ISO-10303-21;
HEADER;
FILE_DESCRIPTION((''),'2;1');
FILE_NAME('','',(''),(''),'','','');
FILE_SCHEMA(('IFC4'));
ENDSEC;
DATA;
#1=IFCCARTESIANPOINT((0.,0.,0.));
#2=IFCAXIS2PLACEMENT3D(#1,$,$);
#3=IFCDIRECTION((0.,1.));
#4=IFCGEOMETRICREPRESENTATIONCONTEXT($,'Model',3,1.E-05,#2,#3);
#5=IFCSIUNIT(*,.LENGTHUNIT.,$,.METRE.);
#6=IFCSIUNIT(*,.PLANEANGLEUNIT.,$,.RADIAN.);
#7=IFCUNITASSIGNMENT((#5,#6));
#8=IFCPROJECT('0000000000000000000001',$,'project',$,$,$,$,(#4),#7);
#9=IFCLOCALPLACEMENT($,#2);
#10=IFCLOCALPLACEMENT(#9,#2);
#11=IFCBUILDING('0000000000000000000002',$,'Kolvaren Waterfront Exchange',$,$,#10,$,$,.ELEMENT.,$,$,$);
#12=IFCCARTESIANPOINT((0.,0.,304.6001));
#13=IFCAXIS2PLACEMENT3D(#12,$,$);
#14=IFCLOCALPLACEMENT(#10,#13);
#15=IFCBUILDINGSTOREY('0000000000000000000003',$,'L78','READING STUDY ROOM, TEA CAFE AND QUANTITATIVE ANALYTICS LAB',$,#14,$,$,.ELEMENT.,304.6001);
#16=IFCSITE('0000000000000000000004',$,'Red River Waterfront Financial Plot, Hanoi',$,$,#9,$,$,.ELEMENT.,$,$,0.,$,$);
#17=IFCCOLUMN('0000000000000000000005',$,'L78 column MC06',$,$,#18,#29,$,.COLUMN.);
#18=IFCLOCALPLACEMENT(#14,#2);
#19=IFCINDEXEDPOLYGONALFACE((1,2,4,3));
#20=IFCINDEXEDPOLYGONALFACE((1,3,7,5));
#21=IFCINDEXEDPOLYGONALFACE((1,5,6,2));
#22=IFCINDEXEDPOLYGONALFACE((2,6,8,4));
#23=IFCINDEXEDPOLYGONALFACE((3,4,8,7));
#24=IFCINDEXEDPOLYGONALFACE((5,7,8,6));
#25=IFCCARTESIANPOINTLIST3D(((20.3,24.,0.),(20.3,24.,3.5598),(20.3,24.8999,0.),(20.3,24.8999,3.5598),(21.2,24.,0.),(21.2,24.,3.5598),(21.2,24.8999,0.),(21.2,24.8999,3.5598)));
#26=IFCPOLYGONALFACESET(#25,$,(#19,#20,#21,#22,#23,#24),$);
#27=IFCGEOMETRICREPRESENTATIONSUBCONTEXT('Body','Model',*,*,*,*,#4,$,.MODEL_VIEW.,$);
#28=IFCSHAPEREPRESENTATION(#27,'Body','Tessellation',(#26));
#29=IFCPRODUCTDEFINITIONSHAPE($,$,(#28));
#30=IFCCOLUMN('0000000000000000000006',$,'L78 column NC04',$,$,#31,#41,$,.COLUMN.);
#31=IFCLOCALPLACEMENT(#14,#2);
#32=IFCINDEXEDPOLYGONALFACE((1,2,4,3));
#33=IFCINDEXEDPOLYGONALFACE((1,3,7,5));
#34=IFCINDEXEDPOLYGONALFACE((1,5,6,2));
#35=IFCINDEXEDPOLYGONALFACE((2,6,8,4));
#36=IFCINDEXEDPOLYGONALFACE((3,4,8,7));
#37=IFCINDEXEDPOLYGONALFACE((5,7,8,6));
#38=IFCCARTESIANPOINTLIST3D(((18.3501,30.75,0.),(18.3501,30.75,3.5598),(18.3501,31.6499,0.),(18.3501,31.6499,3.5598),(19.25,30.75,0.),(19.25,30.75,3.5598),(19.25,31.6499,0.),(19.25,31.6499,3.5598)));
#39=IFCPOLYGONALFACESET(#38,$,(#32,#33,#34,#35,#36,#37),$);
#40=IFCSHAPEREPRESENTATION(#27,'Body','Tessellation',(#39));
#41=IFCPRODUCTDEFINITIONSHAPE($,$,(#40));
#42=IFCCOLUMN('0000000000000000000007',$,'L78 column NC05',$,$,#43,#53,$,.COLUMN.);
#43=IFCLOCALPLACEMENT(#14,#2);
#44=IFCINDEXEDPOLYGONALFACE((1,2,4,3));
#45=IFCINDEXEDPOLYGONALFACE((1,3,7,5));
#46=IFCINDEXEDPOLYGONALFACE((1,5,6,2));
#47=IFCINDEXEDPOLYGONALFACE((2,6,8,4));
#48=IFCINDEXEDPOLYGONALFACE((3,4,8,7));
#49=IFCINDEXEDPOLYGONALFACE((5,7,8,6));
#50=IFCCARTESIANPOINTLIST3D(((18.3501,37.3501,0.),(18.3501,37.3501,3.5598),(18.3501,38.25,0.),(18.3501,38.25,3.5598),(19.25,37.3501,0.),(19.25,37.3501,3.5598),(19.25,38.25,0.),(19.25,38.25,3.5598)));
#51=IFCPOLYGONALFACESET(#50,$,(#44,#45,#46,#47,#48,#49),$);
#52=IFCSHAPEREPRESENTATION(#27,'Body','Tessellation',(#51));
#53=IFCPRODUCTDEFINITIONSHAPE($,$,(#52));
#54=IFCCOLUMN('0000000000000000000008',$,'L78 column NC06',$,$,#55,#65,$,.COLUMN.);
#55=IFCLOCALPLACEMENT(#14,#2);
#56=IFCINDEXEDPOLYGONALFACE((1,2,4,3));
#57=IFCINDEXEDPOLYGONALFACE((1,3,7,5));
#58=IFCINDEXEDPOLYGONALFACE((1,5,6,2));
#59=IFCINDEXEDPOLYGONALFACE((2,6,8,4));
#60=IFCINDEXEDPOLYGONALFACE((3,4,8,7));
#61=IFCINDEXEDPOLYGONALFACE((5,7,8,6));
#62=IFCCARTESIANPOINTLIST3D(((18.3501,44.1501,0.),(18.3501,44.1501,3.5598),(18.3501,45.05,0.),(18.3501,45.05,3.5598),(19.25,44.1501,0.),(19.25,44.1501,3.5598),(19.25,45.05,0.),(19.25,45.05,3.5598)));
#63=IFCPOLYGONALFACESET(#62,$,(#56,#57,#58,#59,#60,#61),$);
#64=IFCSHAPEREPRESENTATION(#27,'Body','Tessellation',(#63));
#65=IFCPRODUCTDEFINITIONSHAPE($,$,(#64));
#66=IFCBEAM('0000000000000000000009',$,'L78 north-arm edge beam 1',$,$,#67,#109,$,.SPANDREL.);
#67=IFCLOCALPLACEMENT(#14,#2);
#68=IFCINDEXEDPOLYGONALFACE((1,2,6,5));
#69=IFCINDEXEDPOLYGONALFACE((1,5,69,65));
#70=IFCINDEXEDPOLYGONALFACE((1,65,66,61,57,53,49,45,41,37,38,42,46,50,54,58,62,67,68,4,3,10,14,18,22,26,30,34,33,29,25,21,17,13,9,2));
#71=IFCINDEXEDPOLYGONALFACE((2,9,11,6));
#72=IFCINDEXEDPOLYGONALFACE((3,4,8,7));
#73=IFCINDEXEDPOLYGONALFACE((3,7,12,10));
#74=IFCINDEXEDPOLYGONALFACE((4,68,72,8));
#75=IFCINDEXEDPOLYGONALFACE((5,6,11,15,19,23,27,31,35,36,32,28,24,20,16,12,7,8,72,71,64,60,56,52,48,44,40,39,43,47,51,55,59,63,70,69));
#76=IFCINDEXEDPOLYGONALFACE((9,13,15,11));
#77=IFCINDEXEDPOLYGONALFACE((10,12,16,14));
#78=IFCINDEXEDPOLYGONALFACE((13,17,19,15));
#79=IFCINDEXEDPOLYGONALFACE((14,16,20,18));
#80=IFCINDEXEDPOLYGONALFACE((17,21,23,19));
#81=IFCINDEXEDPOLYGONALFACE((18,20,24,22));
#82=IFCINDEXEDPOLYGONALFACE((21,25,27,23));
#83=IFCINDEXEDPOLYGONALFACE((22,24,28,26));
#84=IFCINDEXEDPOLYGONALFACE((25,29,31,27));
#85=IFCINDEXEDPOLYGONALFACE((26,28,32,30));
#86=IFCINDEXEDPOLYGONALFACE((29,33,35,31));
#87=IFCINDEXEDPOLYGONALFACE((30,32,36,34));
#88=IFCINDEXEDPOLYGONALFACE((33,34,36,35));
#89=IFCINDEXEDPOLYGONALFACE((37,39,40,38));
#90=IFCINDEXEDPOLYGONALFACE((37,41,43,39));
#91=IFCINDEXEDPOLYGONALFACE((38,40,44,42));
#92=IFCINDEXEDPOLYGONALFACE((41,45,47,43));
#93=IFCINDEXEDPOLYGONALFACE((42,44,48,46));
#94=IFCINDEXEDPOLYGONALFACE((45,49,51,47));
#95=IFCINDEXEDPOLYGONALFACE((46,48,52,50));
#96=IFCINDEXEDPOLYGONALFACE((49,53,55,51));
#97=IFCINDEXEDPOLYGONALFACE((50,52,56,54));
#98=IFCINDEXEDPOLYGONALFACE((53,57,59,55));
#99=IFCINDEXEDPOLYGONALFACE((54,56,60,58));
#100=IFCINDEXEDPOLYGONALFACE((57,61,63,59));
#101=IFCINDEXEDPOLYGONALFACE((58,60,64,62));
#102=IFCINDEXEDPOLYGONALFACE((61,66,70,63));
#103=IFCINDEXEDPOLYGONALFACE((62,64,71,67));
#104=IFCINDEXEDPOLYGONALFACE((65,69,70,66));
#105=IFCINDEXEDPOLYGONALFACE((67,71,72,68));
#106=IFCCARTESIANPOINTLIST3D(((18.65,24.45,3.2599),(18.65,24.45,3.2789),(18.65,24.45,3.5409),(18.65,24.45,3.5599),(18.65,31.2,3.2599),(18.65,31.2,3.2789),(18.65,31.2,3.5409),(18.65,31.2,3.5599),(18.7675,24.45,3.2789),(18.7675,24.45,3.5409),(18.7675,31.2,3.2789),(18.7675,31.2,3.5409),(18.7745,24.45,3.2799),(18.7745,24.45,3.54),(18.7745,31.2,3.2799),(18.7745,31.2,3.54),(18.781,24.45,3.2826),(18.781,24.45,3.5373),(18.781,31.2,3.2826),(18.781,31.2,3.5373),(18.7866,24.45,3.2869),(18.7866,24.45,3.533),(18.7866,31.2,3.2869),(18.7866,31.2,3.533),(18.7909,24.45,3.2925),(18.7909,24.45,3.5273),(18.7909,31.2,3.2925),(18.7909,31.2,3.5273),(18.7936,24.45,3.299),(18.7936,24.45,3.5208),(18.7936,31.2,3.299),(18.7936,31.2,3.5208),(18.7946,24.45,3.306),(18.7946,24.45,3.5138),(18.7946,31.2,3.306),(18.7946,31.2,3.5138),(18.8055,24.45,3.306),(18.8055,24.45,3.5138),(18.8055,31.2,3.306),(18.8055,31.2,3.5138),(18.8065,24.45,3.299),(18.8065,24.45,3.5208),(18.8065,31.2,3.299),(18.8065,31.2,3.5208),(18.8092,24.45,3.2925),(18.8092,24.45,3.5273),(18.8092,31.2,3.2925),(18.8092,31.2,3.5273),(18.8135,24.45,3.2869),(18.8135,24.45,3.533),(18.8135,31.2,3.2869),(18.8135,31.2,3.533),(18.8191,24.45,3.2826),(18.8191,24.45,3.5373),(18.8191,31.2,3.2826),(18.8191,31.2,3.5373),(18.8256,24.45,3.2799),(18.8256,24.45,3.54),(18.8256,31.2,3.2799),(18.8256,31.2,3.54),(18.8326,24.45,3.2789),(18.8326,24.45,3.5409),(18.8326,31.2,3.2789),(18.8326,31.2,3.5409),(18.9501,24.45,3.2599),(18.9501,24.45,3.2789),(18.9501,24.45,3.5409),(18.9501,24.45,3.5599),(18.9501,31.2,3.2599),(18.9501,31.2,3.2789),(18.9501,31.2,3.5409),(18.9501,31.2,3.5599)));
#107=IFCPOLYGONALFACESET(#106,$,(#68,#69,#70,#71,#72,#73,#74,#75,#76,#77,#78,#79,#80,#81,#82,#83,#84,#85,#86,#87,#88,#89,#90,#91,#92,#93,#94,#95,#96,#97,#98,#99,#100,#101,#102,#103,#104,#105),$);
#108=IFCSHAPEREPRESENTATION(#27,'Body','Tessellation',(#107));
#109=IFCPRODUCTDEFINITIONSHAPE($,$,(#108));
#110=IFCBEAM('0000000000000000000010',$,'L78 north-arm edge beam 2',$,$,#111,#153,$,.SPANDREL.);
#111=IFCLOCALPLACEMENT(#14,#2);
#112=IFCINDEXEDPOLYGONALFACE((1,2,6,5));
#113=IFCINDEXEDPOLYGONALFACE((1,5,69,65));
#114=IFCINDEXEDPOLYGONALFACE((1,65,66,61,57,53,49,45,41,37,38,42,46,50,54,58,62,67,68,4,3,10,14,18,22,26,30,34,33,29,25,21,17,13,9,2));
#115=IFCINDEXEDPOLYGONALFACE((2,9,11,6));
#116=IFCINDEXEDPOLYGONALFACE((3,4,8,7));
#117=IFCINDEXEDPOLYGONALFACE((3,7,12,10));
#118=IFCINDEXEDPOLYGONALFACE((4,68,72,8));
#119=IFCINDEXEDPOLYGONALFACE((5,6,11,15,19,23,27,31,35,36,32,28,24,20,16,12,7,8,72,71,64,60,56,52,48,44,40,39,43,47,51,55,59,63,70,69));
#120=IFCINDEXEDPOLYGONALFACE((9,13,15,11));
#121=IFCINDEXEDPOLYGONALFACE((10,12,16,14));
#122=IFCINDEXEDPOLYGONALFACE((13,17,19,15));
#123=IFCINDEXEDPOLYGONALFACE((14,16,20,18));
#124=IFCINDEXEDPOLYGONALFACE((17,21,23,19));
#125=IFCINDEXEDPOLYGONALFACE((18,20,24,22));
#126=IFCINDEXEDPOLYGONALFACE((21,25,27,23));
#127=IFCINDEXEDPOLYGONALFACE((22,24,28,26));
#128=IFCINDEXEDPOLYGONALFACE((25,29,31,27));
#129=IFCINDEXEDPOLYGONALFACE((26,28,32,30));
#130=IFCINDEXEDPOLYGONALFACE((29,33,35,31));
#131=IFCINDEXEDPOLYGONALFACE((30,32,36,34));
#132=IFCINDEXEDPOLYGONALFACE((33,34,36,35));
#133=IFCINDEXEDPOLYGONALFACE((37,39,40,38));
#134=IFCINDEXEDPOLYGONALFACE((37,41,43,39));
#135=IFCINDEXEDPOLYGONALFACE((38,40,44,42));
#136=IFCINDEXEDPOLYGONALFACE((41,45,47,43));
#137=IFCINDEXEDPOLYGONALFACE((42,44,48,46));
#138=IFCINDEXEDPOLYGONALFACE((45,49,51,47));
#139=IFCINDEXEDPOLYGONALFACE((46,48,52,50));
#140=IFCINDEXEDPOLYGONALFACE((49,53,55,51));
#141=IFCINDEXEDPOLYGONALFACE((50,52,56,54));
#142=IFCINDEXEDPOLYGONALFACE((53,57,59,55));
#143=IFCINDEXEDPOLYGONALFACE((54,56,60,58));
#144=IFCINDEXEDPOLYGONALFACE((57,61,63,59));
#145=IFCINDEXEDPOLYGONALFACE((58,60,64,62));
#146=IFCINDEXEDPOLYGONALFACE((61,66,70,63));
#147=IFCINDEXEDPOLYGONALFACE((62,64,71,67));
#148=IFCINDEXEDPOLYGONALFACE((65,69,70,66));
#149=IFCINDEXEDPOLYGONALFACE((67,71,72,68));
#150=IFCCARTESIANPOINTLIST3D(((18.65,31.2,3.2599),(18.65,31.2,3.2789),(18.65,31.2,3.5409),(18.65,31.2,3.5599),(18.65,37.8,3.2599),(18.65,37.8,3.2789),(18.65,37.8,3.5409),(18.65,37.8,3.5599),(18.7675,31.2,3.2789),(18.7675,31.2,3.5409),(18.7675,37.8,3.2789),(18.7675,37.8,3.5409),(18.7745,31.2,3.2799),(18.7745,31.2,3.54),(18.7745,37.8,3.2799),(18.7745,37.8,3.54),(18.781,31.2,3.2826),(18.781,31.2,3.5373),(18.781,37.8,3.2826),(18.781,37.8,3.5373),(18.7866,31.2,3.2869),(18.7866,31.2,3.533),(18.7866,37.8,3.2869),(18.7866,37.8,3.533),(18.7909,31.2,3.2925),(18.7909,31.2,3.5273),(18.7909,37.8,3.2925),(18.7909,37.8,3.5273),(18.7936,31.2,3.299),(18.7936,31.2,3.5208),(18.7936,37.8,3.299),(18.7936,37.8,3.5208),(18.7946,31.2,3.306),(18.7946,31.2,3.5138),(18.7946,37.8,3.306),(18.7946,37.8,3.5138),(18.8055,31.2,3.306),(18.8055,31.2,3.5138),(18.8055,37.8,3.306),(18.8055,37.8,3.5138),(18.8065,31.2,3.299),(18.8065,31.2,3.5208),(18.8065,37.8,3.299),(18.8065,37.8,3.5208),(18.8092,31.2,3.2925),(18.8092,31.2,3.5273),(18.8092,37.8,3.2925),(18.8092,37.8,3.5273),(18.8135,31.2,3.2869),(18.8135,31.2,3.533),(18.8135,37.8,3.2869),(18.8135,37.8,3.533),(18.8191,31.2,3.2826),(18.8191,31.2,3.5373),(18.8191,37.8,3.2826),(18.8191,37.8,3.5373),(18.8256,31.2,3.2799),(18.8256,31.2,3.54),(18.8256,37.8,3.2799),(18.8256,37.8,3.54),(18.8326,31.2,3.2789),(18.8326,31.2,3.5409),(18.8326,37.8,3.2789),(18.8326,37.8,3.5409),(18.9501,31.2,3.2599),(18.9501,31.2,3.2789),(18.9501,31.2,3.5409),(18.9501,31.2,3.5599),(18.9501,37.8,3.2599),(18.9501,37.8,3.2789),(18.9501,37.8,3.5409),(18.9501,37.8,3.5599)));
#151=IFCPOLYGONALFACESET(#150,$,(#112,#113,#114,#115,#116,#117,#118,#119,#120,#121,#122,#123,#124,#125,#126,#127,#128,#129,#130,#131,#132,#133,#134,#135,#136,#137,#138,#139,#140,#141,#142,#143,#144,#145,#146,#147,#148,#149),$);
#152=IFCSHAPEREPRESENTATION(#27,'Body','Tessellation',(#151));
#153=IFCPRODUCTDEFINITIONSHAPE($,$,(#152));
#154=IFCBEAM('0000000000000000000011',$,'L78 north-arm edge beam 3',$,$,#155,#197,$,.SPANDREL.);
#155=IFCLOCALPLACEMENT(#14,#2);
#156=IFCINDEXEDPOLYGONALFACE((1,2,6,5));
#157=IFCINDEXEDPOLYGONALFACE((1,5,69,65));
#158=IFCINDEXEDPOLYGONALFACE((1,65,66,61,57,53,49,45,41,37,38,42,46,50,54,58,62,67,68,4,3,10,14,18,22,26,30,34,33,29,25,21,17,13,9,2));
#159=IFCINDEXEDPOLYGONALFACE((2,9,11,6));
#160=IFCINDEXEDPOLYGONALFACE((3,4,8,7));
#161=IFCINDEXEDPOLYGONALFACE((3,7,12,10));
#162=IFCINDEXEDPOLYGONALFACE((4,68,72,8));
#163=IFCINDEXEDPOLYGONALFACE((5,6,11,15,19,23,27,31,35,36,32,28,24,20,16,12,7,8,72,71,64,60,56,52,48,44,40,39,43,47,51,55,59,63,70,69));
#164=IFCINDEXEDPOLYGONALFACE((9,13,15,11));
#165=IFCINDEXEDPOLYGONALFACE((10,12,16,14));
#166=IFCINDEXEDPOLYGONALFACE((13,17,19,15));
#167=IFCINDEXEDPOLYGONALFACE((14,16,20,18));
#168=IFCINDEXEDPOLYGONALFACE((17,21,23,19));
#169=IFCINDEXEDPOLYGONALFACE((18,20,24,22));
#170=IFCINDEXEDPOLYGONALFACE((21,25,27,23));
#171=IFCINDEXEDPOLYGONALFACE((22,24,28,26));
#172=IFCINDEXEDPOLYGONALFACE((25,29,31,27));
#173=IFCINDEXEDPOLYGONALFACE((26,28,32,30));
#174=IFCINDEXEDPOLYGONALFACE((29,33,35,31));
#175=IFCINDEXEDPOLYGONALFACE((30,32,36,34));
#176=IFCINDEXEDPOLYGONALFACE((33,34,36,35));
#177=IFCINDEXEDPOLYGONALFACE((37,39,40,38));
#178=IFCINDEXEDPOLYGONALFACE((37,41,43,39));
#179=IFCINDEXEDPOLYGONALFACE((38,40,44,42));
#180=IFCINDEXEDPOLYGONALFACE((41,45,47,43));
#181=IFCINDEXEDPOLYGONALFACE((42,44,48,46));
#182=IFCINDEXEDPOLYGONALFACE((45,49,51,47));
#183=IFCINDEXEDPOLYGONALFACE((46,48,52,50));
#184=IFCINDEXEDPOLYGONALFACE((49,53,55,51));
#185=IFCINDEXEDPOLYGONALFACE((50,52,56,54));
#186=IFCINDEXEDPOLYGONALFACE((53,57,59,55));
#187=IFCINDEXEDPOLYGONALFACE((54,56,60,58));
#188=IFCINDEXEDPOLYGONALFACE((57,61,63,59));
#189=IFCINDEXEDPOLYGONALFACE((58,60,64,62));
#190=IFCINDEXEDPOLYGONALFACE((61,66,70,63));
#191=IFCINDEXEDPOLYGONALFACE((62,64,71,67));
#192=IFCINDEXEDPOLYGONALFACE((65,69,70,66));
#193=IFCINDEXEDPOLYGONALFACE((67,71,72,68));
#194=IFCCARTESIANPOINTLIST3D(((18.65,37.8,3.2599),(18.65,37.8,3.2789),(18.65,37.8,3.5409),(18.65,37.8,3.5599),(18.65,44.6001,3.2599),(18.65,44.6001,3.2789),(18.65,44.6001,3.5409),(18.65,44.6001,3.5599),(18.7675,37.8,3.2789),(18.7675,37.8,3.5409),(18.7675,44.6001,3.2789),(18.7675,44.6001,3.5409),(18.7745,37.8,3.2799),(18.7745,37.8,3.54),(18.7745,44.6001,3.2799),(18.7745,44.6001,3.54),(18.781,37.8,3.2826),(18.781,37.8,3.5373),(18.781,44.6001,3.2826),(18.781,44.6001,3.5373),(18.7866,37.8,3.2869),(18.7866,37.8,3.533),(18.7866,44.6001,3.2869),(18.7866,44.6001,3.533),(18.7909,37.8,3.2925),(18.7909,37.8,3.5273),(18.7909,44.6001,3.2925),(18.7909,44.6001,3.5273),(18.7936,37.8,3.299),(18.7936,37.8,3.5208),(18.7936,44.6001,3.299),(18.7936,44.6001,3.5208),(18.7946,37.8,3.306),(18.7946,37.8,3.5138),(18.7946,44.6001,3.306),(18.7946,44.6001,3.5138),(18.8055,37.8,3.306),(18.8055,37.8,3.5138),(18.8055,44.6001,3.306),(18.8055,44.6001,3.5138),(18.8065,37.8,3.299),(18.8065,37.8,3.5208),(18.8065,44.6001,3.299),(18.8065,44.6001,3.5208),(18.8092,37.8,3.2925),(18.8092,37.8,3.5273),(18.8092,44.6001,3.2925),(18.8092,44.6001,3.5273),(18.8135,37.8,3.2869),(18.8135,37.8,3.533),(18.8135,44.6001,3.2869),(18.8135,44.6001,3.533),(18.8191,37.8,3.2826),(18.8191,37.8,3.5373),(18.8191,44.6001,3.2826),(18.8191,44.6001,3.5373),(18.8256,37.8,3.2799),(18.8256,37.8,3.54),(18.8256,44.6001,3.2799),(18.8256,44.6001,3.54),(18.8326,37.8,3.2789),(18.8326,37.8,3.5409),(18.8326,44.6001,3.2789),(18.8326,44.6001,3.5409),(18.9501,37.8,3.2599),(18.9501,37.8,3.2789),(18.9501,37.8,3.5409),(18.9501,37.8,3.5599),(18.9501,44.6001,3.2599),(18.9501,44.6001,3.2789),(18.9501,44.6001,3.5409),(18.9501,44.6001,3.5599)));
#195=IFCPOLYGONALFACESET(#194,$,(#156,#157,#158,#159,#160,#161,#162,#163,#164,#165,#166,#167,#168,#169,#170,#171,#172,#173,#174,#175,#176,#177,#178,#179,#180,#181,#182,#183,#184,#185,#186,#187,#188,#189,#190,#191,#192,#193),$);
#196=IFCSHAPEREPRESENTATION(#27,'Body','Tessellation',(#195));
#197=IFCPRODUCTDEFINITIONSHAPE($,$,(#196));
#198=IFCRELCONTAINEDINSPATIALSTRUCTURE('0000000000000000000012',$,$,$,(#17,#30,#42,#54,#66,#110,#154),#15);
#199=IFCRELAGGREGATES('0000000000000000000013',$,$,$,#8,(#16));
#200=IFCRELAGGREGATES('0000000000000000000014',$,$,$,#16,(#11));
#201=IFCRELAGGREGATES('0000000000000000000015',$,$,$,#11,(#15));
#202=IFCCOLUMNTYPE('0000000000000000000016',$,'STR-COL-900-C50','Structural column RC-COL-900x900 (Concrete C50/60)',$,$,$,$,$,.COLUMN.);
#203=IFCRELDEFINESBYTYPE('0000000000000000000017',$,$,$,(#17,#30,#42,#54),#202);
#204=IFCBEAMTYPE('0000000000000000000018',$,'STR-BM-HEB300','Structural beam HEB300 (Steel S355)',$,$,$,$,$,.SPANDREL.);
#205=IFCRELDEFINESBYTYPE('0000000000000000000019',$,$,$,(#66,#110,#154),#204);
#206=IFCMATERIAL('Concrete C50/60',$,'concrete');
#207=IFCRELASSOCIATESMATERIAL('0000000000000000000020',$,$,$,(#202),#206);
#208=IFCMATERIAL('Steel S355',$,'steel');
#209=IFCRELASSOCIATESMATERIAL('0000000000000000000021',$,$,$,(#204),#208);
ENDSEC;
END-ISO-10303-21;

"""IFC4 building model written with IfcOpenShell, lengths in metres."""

from ifc_helpers import new_model, si_unit, direction, frame, origin, origin_2d, place, context, subcontext, project, spatial, rectangle, i_section, extrude, material, material_profile, profile_set, type_object, element, save


model = new_model("IFC4")

# Units and contexts
model_context = context("Model", 3, precision=1e-05, world=origin(), true_north=direction((0.0, 1.0)))
body_context = subcontext(model_context, "Body", "Model", "MODEL_VIEW")
ifc_project = project(units=[si_unit("LENGTHUNIT", "METRE"), si_unit("PLANEANGLEUNIT", "RADIAN")], contexts=[model_context])

# Site, building, storey
site_placement = place(None, origin())
site = spatial("IfcSite", under=ifc_project, at=site_placement, Name="Red River Waterfront Financial Plot, Hanoi", CompositionType="ELEMENT", RefElevation=0.0)
building_placement = place(site_placement, origin())
building = spatial("IfcBuilding", under=site, at=building_placement, Name="Kolvaren Waterfront Exchange", CompositionType="ELEMENT")
storey_placement = place(building_placement, frame((0.0, 0.0, 304.6001)))
storey = spatial("IfcBuildingStorey", under=building, at=storey_placement, Name="L78", Description="READING STUDY ROOM, TEA CAFE AND QUANTITATIVE ANALYTICS LAB", CompositionType="ELEMENT", Elevation=304.6001)

# Columns
ifc_material_1 = material(Name="Concrete C50/60", Category="concrete")
ifc_material_profile_1 = material_profile(ifc_material_1, rectangle(XDim=0.8999, YDim=0.8999, at=origin_2d()), Name="RC-COL-900x900")
ifc_profile_set_1 = profile_set([ifc_material_profile_1], Name="Concrete C50/60")
column_type = type_object("IfcColumnType", Name="STR-COL-900-C50", Description="Structural column RC-COL-900x900 (Concrete C50/60)", PredefinedType="COLUMN", material=ifc_profile_set_1)
for number, where, z_axis, x_axis, name in (
    (1, (20.75, 24.45, 0.0), (0.0, 0.0, 1.0), (1.0, 0.0, 0.0), "L78 column MC06"),
    (2, (18.8, 31.2, 0.0), (0.0, 0.0, 1.0), (1.0, 0.0, 0.0), "L78 column NC04"),
    (3, (18.8, 37.8, 0.0), (0.0, 0.0, 1.0), (1.0, 0.0, 0.0), "L78 column NC05"),
    (4, (18.8, 44.6001, 0.0), (0.0, 0.0, 1.0), (1.0, 0.0, 0.0), "L78 column NC06"),
):
    element("IfcColumn", number, at=place(storey_placement, frame(where, z_axis=z_axis, x_axis=x_axis)), inside=storey, type_object=column_type, Name=name, PredefinedType="COLUMN", context=body_context, shape_type="SweptSolid", body=[
        extrude(rectangle(XDim=0.8999, YDim=0.8999, at=origin_2d()), origin(), (0.0, 0.0, 1.0), 3.5598),
    ])

# Beams
ifc_material_2 = material(Name="Steel S355", Category="steel")
ifc_material_profile_2 = material_profile(ifc_material_2, i_section(OverallWidth=0.3, OverallDepth=0.3, WebThickness=0.011, FlangeThickness=0.019, FilletRadius=0.0271, at=origin_2d()), Name="HEB300")
ifc_profile_set_2 = profile_set([ifc_material_profile_2], Name="Steel S355")
beam_type = type_object("IfcBeamType", Name="STR-BM-HEB300", Description="Structural beam HEB300 (Steel S355)", PredefinedType="SPANDREL", material=ifc_profile_set_2)
beam_1_placement = place(storey_placement, frame((18.8, 24.45, 3.4099), z_axis=(0.0, 1.0, 0.0), x_axis=(-1.0, 0.0, 0.0)))
element("IfcBeam", 5, at=beam_1_placement, inside=storey, type_object=beam_type, Name="L78 north-arm edge beam 1", PredefinedType="SPANDREL", context=body_context, shape_type="SweptSolid", body=[
    extrude(i_section(OverallWidth=0.3, OverallDepth=0.3, WebThickness=0.011, FlangeThickness=0.019, FilletRadius=0.0271, at=origin_2d()), origin(), (0.0, 0.0, 1.0), 6.75),
])
beam_2_placement = place(storey_placement, frame((18.8, 31.2, 3.4099), z_axis=(0.0, 1.0, 0.0), x_axis=(-1.0, 0.0, 0.0)))
element("IfcBeam", 6, at=beam_2_placement, inside=storey, type_object=beam_type, Name="L78 north-arm edge beam 2", PredefinedType="SPANDREL", context=body_context, shape_type="SweptSolid", body=[
    extrude(i_section(OverallWidth=0.3, OverallDepth=0.3, WebThickness=0.011, FlangeThickness=0.019, FilletRadius=0.0271, at=origin_2d()), origin(), (0.0, 0.0, 1.0), 6.6001),
])
beam_3_placement = place(storey_placement, frame((18.8, 37.8, 3.4099), z_axis=(0.0, 1.0, 0.0), x_axis=(-1.0, 0.0, 0.0)))
element("IfcBeam", 7, at=beam_3_placement, inside=storey, type_object=beam_type, Name="L78 north-arm edge beam 3", PredefinedType="SPANDREL", context=body_context, shape_type="SweptSolid", body=[
    extrude(i_section(OverallWidth=0.3, OverallDepth=0.3, WebThickness=0.011, FlangeThickness=0.019, FilletRadius=0.0271, at=origin_2d()), origin(), (0.0, 0.0, 1.0), 6.8),
])

save(model, "model.ifc")
